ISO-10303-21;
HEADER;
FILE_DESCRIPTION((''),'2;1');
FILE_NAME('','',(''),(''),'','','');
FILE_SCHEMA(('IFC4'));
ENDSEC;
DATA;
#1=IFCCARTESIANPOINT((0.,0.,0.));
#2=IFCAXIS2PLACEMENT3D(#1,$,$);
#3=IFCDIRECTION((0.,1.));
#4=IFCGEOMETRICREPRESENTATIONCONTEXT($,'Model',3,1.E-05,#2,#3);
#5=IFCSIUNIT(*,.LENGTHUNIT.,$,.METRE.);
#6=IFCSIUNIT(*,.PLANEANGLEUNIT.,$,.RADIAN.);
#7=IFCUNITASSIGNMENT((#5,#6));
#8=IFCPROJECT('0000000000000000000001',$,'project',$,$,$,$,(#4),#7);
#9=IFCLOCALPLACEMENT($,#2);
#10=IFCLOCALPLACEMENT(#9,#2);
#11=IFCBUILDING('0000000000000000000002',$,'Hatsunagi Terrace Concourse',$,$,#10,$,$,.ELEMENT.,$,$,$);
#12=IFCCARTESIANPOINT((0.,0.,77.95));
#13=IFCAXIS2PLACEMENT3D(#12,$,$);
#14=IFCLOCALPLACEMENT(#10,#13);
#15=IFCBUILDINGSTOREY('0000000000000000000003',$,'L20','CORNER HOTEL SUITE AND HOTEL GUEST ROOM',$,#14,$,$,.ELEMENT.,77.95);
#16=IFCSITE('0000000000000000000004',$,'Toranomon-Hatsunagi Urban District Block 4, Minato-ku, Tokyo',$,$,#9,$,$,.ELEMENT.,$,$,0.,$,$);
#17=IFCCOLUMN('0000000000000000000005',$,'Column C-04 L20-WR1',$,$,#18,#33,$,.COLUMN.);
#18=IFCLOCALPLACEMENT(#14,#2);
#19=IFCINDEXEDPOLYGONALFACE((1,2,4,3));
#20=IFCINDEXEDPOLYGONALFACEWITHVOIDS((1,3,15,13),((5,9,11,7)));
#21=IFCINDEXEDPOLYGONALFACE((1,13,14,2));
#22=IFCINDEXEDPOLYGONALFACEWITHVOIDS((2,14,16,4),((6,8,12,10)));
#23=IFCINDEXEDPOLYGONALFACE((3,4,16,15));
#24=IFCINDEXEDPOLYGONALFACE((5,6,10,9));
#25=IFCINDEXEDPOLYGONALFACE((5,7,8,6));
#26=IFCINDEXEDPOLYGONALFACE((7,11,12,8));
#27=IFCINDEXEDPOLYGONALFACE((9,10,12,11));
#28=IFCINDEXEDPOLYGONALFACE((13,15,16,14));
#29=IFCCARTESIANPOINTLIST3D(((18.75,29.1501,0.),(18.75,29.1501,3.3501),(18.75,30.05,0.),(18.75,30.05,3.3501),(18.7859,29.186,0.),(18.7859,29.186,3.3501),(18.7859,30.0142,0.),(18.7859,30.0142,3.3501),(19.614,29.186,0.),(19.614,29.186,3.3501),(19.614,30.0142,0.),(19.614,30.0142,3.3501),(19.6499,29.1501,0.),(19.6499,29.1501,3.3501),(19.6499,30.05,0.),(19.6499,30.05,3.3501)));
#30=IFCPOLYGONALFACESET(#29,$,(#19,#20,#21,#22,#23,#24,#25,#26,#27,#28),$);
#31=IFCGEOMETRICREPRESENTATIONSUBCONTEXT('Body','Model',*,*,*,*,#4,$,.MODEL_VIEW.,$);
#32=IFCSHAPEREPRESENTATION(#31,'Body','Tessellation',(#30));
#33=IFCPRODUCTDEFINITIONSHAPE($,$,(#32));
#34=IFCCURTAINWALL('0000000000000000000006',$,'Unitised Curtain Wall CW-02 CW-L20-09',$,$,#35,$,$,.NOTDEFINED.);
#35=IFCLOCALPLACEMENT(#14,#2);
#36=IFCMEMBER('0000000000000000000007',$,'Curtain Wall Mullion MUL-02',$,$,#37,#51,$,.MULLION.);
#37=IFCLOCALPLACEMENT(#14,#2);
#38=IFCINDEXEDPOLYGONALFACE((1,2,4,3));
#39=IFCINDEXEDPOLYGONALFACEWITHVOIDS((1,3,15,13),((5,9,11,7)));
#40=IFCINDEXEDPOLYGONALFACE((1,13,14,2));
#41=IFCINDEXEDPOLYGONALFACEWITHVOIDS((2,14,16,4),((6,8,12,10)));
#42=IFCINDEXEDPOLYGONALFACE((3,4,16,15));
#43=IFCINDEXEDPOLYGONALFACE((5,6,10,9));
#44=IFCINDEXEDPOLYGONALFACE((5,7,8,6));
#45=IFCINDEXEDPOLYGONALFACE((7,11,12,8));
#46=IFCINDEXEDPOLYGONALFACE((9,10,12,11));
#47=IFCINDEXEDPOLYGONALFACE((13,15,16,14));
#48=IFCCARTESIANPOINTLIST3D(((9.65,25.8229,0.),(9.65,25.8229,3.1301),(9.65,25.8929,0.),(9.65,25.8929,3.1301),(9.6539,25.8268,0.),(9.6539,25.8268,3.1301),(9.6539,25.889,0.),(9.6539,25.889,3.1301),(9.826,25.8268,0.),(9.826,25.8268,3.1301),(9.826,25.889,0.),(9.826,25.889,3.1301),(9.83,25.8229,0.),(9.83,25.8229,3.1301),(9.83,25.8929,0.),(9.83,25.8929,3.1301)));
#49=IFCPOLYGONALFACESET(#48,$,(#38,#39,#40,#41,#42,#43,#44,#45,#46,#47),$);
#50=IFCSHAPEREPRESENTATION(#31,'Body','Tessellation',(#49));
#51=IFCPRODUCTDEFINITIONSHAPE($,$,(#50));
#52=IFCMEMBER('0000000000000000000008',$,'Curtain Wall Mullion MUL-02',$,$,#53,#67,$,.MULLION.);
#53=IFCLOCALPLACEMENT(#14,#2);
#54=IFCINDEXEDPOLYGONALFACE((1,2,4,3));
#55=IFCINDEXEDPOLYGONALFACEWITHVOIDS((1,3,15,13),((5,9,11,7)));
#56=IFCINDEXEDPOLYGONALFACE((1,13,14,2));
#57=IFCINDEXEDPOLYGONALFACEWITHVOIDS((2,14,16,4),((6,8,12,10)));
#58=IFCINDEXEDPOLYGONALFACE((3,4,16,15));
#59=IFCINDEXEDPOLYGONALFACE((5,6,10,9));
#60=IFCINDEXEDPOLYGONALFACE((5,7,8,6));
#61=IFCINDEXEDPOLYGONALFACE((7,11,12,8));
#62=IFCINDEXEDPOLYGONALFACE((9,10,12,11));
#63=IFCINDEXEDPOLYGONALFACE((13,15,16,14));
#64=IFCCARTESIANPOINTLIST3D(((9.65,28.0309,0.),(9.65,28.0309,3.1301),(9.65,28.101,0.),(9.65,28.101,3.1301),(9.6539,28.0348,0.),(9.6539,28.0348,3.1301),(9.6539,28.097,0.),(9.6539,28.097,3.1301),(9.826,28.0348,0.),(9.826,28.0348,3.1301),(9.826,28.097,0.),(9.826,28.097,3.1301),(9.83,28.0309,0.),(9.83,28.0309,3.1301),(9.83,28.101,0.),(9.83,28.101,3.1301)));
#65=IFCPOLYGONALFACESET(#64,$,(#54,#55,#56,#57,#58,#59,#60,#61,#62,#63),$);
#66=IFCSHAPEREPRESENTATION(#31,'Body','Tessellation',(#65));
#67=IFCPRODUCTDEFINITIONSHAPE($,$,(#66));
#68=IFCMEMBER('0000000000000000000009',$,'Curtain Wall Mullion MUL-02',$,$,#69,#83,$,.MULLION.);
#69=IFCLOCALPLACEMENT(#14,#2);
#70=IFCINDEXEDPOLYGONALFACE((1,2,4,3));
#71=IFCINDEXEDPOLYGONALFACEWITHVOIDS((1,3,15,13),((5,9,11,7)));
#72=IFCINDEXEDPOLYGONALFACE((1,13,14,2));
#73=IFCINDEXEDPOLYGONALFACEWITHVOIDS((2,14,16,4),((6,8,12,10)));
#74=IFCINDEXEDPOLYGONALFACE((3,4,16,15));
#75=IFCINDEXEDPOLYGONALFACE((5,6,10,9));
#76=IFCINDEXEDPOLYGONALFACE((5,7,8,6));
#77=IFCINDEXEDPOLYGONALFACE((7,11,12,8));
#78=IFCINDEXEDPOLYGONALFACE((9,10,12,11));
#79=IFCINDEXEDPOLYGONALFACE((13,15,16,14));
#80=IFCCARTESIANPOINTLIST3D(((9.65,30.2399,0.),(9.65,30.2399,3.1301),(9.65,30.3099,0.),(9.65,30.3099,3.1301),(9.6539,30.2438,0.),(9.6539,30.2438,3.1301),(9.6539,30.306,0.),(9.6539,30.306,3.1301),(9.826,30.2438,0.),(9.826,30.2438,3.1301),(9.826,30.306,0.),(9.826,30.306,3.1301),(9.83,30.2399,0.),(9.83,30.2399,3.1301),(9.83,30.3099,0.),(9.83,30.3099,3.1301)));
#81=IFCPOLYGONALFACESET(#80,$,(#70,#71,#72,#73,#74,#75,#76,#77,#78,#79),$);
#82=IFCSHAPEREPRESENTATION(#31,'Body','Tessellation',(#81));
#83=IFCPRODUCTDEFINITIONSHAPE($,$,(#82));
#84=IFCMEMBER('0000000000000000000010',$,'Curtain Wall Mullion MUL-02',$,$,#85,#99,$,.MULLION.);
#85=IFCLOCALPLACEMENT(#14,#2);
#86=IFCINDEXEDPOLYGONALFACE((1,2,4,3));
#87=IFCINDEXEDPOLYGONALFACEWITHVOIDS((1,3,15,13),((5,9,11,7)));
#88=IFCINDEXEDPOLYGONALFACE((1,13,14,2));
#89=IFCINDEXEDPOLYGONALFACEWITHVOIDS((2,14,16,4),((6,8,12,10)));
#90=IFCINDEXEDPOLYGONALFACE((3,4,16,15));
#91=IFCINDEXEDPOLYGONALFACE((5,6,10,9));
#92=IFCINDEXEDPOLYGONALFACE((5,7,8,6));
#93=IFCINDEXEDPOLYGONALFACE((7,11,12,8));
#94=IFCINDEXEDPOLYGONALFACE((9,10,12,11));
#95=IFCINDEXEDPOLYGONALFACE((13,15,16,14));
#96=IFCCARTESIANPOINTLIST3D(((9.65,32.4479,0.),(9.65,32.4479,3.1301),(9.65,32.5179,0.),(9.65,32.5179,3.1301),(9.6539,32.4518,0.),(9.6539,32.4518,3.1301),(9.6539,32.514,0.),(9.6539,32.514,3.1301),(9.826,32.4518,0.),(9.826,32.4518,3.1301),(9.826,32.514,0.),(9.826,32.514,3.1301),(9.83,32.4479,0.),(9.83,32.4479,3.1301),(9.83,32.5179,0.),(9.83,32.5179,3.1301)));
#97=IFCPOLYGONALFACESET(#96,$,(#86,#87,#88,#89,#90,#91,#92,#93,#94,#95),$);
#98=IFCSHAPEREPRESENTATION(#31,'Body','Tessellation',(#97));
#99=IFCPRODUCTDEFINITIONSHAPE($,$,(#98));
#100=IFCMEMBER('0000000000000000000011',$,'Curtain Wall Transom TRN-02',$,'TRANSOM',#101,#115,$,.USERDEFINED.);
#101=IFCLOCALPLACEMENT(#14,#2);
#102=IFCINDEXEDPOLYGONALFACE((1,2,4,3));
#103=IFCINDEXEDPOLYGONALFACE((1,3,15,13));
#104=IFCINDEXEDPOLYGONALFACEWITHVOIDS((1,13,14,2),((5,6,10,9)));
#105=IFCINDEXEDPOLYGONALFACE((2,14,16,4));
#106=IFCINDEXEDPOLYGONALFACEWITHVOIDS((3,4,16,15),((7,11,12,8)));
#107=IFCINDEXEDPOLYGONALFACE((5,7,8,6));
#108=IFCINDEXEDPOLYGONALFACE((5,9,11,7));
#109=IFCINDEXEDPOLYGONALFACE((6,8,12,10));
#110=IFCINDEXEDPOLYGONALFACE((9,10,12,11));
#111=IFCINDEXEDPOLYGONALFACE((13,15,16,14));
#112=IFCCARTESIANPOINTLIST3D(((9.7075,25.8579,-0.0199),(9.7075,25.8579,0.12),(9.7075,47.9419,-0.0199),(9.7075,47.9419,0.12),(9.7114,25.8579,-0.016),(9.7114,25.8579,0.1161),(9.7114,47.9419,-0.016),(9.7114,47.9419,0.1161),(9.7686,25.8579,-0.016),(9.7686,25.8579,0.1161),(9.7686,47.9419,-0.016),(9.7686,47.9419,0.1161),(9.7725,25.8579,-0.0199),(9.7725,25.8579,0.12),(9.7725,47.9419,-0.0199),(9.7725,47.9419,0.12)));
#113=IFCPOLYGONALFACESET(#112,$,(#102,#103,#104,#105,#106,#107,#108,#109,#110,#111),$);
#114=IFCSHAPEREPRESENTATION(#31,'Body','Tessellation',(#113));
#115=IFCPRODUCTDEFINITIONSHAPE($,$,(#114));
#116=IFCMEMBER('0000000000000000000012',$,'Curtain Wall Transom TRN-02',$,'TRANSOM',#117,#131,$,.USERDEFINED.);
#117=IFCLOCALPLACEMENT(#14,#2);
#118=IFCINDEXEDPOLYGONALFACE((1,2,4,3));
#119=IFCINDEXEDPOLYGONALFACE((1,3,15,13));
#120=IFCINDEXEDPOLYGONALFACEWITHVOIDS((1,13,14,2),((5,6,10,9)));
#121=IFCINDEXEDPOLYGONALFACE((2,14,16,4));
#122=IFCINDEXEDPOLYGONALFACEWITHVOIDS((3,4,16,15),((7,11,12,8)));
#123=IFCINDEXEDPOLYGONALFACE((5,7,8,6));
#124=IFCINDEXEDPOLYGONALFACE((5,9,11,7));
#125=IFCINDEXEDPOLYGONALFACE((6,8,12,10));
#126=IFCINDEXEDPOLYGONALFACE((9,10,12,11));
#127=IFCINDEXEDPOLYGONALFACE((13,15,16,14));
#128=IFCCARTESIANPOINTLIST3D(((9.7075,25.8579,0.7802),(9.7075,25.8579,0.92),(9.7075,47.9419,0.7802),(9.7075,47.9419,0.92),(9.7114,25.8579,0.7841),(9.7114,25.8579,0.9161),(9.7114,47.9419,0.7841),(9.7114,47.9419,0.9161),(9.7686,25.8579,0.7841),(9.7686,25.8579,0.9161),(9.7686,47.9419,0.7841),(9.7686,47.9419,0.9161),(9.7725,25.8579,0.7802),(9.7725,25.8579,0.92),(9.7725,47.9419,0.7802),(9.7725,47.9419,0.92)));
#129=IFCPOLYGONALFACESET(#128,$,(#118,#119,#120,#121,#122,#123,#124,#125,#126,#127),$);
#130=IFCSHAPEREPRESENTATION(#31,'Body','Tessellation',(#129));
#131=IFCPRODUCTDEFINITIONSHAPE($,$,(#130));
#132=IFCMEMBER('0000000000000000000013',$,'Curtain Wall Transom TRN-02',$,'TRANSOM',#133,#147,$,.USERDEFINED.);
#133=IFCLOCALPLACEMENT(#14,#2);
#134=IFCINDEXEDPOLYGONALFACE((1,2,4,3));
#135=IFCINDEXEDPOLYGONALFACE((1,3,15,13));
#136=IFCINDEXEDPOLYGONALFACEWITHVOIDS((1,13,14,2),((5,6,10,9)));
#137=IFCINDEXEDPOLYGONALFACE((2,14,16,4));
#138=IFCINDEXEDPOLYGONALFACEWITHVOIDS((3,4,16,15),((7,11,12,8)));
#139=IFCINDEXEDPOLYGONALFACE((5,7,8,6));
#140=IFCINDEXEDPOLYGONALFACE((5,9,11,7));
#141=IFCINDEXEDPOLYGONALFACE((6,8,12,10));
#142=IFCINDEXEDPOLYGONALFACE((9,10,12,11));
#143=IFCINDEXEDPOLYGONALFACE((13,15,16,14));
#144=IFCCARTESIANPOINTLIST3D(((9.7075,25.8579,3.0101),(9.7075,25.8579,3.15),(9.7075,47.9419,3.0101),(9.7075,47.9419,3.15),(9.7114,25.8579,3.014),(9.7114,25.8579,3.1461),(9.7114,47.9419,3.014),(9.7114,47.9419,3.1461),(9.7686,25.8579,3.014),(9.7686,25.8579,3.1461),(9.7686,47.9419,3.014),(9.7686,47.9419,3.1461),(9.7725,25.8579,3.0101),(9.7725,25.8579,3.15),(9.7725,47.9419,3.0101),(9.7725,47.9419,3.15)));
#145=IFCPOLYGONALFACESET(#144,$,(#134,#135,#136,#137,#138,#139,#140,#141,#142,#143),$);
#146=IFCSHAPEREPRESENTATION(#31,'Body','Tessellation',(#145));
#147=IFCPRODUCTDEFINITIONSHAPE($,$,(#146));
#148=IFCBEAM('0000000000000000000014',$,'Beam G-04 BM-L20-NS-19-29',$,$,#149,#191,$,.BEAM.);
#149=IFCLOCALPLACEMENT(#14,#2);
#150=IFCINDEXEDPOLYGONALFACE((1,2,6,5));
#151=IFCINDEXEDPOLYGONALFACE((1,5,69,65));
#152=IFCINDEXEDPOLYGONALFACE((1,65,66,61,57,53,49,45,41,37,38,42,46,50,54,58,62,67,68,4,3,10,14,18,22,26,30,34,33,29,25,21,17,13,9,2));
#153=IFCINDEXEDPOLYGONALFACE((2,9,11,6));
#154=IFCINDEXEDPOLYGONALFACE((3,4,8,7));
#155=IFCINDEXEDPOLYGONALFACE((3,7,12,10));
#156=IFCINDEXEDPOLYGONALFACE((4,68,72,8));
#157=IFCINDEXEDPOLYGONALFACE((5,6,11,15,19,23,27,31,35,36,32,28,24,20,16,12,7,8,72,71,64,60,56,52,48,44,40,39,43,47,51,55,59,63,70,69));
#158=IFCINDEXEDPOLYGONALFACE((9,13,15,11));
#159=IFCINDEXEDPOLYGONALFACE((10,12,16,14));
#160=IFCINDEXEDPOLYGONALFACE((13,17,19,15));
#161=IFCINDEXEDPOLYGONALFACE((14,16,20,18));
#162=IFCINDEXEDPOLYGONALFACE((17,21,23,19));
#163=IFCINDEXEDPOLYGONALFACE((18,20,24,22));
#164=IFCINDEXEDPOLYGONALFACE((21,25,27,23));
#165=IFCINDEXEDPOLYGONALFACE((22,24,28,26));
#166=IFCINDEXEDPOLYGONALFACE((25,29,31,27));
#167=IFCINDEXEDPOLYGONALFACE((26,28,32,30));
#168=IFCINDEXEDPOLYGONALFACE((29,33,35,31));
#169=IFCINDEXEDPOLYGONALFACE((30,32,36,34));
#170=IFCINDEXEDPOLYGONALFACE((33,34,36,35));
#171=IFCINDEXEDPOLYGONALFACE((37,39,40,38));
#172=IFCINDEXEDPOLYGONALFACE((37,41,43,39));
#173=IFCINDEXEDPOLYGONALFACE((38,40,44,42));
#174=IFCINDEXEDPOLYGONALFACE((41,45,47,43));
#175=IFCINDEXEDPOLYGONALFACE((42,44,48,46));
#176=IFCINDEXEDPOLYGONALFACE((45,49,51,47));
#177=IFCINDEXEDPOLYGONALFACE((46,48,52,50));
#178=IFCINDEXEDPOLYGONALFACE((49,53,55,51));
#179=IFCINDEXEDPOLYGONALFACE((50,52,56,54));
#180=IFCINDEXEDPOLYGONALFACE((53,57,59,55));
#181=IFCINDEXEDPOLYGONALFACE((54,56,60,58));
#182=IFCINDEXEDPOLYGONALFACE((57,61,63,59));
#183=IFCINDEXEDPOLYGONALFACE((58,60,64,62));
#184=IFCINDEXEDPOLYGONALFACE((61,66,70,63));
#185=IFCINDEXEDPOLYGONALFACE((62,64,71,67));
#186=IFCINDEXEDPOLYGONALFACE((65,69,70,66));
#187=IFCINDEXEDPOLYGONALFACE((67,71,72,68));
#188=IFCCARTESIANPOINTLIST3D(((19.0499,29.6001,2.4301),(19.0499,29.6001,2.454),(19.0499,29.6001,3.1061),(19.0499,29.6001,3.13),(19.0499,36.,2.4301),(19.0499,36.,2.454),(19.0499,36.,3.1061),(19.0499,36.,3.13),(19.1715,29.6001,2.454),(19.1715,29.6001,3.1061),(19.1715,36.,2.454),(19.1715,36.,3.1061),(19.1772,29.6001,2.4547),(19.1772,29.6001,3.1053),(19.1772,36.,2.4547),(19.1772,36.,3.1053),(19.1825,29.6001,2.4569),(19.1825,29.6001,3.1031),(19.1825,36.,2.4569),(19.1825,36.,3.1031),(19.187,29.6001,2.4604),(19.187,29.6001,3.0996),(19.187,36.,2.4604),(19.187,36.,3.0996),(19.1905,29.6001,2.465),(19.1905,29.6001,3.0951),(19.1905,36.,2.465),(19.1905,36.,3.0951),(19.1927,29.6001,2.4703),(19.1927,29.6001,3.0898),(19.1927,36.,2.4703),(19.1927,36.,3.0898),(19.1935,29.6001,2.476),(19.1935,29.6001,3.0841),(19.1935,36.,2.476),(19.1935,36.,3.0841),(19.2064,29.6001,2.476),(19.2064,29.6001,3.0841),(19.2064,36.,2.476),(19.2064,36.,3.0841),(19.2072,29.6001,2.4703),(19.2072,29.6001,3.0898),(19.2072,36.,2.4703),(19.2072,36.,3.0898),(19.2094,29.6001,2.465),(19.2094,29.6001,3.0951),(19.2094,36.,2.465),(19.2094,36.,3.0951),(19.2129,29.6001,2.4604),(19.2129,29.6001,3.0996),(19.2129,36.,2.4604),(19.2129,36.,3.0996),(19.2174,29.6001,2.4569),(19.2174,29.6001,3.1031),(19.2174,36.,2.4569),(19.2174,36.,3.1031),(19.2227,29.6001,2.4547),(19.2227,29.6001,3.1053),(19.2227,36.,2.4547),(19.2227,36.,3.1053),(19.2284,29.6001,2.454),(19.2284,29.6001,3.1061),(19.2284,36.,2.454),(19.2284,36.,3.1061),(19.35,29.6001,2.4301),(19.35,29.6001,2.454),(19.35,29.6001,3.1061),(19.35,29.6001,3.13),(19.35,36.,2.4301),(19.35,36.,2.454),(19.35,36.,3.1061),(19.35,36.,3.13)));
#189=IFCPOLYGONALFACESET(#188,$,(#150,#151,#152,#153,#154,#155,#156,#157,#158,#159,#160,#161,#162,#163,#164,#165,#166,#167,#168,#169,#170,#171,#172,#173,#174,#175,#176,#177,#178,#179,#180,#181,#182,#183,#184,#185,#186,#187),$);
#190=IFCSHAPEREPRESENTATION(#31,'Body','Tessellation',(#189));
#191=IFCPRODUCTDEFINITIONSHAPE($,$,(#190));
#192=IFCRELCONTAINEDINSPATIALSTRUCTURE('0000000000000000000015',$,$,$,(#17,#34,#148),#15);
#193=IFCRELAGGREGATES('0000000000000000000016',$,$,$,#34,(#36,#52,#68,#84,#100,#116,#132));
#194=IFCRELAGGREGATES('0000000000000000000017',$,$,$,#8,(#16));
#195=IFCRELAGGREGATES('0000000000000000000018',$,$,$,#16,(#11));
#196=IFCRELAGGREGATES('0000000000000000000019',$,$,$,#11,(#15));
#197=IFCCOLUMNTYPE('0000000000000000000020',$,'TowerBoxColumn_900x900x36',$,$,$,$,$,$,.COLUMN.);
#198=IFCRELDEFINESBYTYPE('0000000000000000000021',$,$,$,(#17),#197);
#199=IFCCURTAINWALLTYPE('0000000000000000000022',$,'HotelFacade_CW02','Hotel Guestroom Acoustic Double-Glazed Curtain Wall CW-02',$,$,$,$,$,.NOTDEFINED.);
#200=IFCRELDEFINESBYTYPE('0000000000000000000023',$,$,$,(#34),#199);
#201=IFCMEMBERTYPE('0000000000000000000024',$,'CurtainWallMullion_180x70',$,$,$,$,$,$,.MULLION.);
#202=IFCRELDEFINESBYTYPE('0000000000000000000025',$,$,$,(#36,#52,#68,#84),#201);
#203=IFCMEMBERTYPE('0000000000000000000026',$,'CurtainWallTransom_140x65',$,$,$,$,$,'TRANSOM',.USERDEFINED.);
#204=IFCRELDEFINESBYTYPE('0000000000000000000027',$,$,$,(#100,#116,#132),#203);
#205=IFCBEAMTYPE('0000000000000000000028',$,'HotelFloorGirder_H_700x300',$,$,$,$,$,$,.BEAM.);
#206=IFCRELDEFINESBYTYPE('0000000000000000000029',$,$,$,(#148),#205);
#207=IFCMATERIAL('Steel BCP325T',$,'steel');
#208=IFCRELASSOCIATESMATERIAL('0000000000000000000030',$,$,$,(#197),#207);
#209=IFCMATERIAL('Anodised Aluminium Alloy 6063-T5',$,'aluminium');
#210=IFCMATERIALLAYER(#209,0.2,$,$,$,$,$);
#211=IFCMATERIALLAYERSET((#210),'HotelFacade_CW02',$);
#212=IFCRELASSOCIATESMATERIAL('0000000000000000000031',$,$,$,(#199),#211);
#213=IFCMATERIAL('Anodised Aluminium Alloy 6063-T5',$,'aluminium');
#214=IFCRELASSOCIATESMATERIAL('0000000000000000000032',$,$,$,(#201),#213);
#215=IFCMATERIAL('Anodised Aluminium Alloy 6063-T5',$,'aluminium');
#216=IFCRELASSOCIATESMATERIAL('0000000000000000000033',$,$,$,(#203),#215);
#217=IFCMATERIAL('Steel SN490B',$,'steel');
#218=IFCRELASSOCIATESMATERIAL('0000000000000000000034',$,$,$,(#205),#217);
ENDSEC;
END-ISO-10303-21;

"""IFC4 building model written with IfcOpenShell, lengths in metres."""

from ifc_helpers import new_model, si_unit, direction, frame, origin, origin_2d, place, context, subcontext, project, spatial, hollow_rectangle, i_section, extrude, material, layer, layer_set, material_profile, profile_set, type_object, element, aggregate, save


model = new_model("IFC4")

# Units and contexts
model_context = context("Model", 3, precision=1e-05, world=origin(), true_north=direction((0.0, 1.0)))
body_context = subcontext(model_context, "Body", "Model", "MODEL_VIEW")
ifc_project = project(units=[si_unit("LENGTHUNIT", "METRE"), si_unit("PLANEANGLEUNIT", "RADIAN")], contexts=[model_context])

# Site, building, storey
site_placement = place(None, origin())
site = spatial("IfcSite", under=ifc_project, at=site_placement, Name="Toranomon-Hatsunagi Urban District Block 4, Minato-ku, Tokyo", CompositionType="ELEMENT", RefElevation=0.0)
building_placement = place(site_placement, origin())
building = spatial("IfcBuilding", under=site, at=building_placement, Name="Hatsunagi Terrace Concourse", CompositionType="ELEMENT")
storey_placement = place(building_placement, frame((0.0, 0.0, 77.95)))
storey = spatial("IfcBuildingStorey", under=building, at=storey_placement, Name="L20", Description="CORNER HOTEL SUITE AND HOTEL GUEST ROOM", CompositionType="ELEMENT", Elevation=77.95)

# Column
ifc_material_1 = material(Name="Steel BCP325T", Category="steel")
ifc_material_profile_1 = material_profile(ifc_material_1, hollow_rectangle(XDim=0.8999, YDim=0.8999, WallThickness=0.0359, at=origin_2d()), Name="BCP-900x900x36")
ifc_profile_set_1 = profile_set([ifc_material_profile_1], Name="Steel BCP325T")
column_type = type_object("IfcColumnType", Name="TowerBoxColumn_900x900x36", PredefinedType="COLUMN", material=ifc_profile_set_1)
column_placement = place(storey_placement, frame((19.2, 29.6001, 0.0), z_axis=(0.0, 0.0, 1.0), x_axis=(1.0, 0.0, 0.0)))
element("IfcColumn", 1, at=column_placement, inside=storey, type_object=column_type, Name="Column C-04 L20-WR1", PredefinedType="COLUMN", context=body_context, shape_type="SweptSolid", body=[
    extrude(hollow_rectangle(XDim=0.8999, YDim=0.8999, WallThickness=0.0359, at=origin_2d()), origin(), (0.0, 0.0, 1.0), 3.3501),
])

# Curtain wall, members
ifc_material_2 = material(Name="Anodised Aluminium Alloy 6063-T5", Category="aluminium")
ifc_layer_1 = layer(ifc_material_2, 0.2)
ifc_layer_set_1 = layer_set([ifc_layer_1], Name="HotelFacade_CW02")
curtain_wall_type = type_object("IfcCurtainWallType", Name="HotelFacade_CW02", Description="Hotel Guestroom Acoustic Double-Glazed Curtain Wall CW-02", PredefinedType="NOTDEFINED", material=ifc_layer_set_1)
curtain_wall_placement = place(storey_placement, origin())
curtain_wall = element("IfcCurtainWall", 2, at=curtain_wall_placement, inside=storey, type_object=curtain_wall_type, Name="Unitised Curtain Wall CW-02 CW-L20-09", PredefinedType="NOTDEFINED")
ifc_material_3 = material(Name="Anodised Aluminium Alloy 6063-T5", Category="aluminium")
ifc_material_profile_2 = material_profile(ifc_material_3, hollow_rectangle(XDim=0.0701, YDim=0.1799, WallThickness=0.0039, at=origin_2d()), Name="ALU-MUL-180x70x4")
ifc_profile_set_2 = profile_set([ifc_material_profile_2], Name="Anodised Aluminium Alloy 6063-T5")
member_type_1 = type_object("IfcMemberType", Name="CurtainWallMullion_180x70", PredefinedType="MULLION", material=ifc_profile_set_2)
member_1_placement = place(storey_placement, frame((9.74, 25.8579, 0.0), z_axis=(0.0, 0.0, 1.0), x_axis=(0.0, 1.0, 0.0)))
member_1 = element("IfcMember", 3, at=member_1_placement, type_object=member_type_1, Name="Curtain Wall Mullion MUL-02", PredefinedType="MULLION", context=body_context, shape_type="SweptSolid", body=[
    extrude(hollow_rectangle(XDim=0.0701, YDim=0.1799, WallThickness=0.0039, at=origin_2d()), origin(), (0.0, 0.0, 1.0), 3.1301),
])
member_2_placement = place(storey_placement, frame((9.74, 28.0659, 0.0), z_axis=(0.0, 0.0, 1.0), x_axis=(0.0, 1.0, 0.0)))
member_2 = element("IfcMember", 4, at=member_2_placement, type_object=member_type_1, Name="Curtain Wall Mullion MUL-02", PredefinedType="MULLION", context=body_context, shape_type="SweptSolid", body=[
    extrude(hollow_rectangle(XDim=0.0701, YDim=0.1799, WallThickness=0.0039, at=origin_2d()), origin(), (0.0, 0.0, 1.0), 3.1301),
])
member_3_placement = place(storey_placement, frame((9.74, 30.2749, 0.0), z_axis=(0.0, 0.0, 1.0), x_axis=(0.0, 1.0, 0.0)))
member_3 = element("IfcMember", 5, at=member_3_placement, type_object=member_type_1, Name="Curtain Wall Mullion MUL-02", PredefinedType="MULLION", context=body_context, shape_type="SweptSolid", body=[
    extrude(hollow_rectangle(XDim=0.0701, YDim=0.1799, WallThickness=0.0039, at=origin_2d()), origin(), (0.0, 0.0, 1.0), 3.1301),
])
member_4_placement = place(storey_placement, frame((9.74, 32.4829, 0.0), z_axis=(0.0, 0.0, 1.0), x_axis=(0.0, 1.0, 0.0)))
member_4 = element("IfcMember", 6, at=member_4_placement, type_object=member_type_1, Name="Curtain Wall Mullion MUL-02", PredefinedType="MULLION", context=body_context, shape_type="SweptSolid", body=[
    extrude(hollow_rectangle(XDim=0.0701, YDim=0.1799, WallThickness=0.0039, at=origin_2d()), origin(), (0.0, 0.0, 1.0), 3.1301),
])
ifc_material_4 = material(Name="Anodised Aluminium Alloy 6063-T5", Category="aluminium")
ifc_material_profile_3 = material_profile(ifc_material_4, hollow_rectangle(XDim=0.0649, YDim=0.1399, WallThickness=0.0039, at=origin_2d()), Name="ALU-TRN-140x65x4")
ifc_profile_set_3 = profile_set([ifc_material_profile_3], Name="Anodised Aluminium Alloy 6063-T5")
member_type_2 = type_object("IfcMemberType", Name="CurtainWallTransom_140x65", ElementType="TRANSOM", PredefinedType="USERDEFINED", material=ifc_profile_set_3)
member_5_placement = place(storey_placement, frame((9.74, 25.8579, 0.05), z_axis=(0.0, 1.0, 0.0), x_axis=(-1.0, 0.0, 0.0)))
member_5 = element("IfcMember", 7, at=member_5_placement, type_object=member_type_2, Name="Curtain Wall Transom TRN-02", ObjectType="TRANSOM", PredefinedType="USERDEFINED", context=body_context, shape_type="SweptSolid", body=[
    extrude(hollow_rectangle(XDim=0.0649, YDim=0.1399, WallThickness=0.0039, at=origin_2d()), origin(), (0.0, 0.0, 1.0), 22.084),
])
member_6_placement = place(storey_placement, frame((9.74, 25.8579, 0.8501), z_axis=(0.0, 1.0, 0.0), x_axis=(-1.0, 0.0, 0.0)))
member_6 = element("IfcMember", 8, at=member_6_placement, type_object=member_type_2, Name="Curtain Wall Transom TRN-02", ObjectType="TRANSOM", PredefinedType="USERDEFINED", context=body_context, shape_type="SweptSolid", body=[
    extrude(hollow_rectangle(XDim=0.0649, YDim=0.1399, WallThickness=0.0039, at=origin_2d()), origin(), (0.0, 0.0, 1.0), 22.084),
])
member_7_placement = place(storey_placement, frame((9.74, 25.8579, 3.0801), z_axis=(0.0, 1.0, 0.0), x_axis=(-1.0, 0.0, 0.0)))
member_7 = element("IfcMember", 9, at=member_7_placement, type_object=member_type_2, Name="Curtain Wall Transom TRN-02", ObjectType="TRANSOM", PredefinedType="USERDEFINED", context=body_context, shape_type="SweptSolid", body=[
    extrude(hollow_rectangle(XDim=0.0649, YDim=0.1399, WallThickness=0.0039, at=origin_2d()), origin(), (0.0, 0.0, 1.0), 22.084),
])

# Beam
ifc_material_5 = material(Name="Steel SN490B", Category="steel")
ifc_material_profile_4 = material_profile(ifc_material_5, i_section(OverallWidth=0.3, OverallDepth=0.7, WebThickness=0.0129, FlangeThickness=0.0239, FilletRadius=0.022, at=origin_2d()), Name="H-700x300x13x24")
ifc_profile_set_4 = profile_set([ifc_material_profile_4], Name="Steel SN490B")
beam_type_1 = type_object("IfcBeamType", Name="HotelFloorGirder_H_700x300", PredefinedType="BEAM", material=ifc_profile_set_4)
beam_1_placement = place(storey_placement, frame((19.2, 29.6001, 2.78), z_axis=(0.0, 1.0, 0.0), x_axis=(-1.0, 0.0, 0.0)))
element("IfcBeam", 10, at=beam_1_placement, inside=storey, type_object=beam_type_1, Name="Beam G-04 BM-L20-NS-19-29", PredefinedType="BEAM", context=body_context, shape_type="SweptSolid", body=[
    extrude(i_section(OverallWidth=0.3, OverallDepth=0.7, WebThickness=0.0129, FlangeThickness=0.0239, FilletRadius=0.022, at=origin_2d()), origin(), (0.0, 0.0, 1.0), 6.3999),
])

aggregate(curtain_wall, [member_1, member_2, member_3, member_4, member_5, member_6, member_7])

save(model, "model.ifc")
